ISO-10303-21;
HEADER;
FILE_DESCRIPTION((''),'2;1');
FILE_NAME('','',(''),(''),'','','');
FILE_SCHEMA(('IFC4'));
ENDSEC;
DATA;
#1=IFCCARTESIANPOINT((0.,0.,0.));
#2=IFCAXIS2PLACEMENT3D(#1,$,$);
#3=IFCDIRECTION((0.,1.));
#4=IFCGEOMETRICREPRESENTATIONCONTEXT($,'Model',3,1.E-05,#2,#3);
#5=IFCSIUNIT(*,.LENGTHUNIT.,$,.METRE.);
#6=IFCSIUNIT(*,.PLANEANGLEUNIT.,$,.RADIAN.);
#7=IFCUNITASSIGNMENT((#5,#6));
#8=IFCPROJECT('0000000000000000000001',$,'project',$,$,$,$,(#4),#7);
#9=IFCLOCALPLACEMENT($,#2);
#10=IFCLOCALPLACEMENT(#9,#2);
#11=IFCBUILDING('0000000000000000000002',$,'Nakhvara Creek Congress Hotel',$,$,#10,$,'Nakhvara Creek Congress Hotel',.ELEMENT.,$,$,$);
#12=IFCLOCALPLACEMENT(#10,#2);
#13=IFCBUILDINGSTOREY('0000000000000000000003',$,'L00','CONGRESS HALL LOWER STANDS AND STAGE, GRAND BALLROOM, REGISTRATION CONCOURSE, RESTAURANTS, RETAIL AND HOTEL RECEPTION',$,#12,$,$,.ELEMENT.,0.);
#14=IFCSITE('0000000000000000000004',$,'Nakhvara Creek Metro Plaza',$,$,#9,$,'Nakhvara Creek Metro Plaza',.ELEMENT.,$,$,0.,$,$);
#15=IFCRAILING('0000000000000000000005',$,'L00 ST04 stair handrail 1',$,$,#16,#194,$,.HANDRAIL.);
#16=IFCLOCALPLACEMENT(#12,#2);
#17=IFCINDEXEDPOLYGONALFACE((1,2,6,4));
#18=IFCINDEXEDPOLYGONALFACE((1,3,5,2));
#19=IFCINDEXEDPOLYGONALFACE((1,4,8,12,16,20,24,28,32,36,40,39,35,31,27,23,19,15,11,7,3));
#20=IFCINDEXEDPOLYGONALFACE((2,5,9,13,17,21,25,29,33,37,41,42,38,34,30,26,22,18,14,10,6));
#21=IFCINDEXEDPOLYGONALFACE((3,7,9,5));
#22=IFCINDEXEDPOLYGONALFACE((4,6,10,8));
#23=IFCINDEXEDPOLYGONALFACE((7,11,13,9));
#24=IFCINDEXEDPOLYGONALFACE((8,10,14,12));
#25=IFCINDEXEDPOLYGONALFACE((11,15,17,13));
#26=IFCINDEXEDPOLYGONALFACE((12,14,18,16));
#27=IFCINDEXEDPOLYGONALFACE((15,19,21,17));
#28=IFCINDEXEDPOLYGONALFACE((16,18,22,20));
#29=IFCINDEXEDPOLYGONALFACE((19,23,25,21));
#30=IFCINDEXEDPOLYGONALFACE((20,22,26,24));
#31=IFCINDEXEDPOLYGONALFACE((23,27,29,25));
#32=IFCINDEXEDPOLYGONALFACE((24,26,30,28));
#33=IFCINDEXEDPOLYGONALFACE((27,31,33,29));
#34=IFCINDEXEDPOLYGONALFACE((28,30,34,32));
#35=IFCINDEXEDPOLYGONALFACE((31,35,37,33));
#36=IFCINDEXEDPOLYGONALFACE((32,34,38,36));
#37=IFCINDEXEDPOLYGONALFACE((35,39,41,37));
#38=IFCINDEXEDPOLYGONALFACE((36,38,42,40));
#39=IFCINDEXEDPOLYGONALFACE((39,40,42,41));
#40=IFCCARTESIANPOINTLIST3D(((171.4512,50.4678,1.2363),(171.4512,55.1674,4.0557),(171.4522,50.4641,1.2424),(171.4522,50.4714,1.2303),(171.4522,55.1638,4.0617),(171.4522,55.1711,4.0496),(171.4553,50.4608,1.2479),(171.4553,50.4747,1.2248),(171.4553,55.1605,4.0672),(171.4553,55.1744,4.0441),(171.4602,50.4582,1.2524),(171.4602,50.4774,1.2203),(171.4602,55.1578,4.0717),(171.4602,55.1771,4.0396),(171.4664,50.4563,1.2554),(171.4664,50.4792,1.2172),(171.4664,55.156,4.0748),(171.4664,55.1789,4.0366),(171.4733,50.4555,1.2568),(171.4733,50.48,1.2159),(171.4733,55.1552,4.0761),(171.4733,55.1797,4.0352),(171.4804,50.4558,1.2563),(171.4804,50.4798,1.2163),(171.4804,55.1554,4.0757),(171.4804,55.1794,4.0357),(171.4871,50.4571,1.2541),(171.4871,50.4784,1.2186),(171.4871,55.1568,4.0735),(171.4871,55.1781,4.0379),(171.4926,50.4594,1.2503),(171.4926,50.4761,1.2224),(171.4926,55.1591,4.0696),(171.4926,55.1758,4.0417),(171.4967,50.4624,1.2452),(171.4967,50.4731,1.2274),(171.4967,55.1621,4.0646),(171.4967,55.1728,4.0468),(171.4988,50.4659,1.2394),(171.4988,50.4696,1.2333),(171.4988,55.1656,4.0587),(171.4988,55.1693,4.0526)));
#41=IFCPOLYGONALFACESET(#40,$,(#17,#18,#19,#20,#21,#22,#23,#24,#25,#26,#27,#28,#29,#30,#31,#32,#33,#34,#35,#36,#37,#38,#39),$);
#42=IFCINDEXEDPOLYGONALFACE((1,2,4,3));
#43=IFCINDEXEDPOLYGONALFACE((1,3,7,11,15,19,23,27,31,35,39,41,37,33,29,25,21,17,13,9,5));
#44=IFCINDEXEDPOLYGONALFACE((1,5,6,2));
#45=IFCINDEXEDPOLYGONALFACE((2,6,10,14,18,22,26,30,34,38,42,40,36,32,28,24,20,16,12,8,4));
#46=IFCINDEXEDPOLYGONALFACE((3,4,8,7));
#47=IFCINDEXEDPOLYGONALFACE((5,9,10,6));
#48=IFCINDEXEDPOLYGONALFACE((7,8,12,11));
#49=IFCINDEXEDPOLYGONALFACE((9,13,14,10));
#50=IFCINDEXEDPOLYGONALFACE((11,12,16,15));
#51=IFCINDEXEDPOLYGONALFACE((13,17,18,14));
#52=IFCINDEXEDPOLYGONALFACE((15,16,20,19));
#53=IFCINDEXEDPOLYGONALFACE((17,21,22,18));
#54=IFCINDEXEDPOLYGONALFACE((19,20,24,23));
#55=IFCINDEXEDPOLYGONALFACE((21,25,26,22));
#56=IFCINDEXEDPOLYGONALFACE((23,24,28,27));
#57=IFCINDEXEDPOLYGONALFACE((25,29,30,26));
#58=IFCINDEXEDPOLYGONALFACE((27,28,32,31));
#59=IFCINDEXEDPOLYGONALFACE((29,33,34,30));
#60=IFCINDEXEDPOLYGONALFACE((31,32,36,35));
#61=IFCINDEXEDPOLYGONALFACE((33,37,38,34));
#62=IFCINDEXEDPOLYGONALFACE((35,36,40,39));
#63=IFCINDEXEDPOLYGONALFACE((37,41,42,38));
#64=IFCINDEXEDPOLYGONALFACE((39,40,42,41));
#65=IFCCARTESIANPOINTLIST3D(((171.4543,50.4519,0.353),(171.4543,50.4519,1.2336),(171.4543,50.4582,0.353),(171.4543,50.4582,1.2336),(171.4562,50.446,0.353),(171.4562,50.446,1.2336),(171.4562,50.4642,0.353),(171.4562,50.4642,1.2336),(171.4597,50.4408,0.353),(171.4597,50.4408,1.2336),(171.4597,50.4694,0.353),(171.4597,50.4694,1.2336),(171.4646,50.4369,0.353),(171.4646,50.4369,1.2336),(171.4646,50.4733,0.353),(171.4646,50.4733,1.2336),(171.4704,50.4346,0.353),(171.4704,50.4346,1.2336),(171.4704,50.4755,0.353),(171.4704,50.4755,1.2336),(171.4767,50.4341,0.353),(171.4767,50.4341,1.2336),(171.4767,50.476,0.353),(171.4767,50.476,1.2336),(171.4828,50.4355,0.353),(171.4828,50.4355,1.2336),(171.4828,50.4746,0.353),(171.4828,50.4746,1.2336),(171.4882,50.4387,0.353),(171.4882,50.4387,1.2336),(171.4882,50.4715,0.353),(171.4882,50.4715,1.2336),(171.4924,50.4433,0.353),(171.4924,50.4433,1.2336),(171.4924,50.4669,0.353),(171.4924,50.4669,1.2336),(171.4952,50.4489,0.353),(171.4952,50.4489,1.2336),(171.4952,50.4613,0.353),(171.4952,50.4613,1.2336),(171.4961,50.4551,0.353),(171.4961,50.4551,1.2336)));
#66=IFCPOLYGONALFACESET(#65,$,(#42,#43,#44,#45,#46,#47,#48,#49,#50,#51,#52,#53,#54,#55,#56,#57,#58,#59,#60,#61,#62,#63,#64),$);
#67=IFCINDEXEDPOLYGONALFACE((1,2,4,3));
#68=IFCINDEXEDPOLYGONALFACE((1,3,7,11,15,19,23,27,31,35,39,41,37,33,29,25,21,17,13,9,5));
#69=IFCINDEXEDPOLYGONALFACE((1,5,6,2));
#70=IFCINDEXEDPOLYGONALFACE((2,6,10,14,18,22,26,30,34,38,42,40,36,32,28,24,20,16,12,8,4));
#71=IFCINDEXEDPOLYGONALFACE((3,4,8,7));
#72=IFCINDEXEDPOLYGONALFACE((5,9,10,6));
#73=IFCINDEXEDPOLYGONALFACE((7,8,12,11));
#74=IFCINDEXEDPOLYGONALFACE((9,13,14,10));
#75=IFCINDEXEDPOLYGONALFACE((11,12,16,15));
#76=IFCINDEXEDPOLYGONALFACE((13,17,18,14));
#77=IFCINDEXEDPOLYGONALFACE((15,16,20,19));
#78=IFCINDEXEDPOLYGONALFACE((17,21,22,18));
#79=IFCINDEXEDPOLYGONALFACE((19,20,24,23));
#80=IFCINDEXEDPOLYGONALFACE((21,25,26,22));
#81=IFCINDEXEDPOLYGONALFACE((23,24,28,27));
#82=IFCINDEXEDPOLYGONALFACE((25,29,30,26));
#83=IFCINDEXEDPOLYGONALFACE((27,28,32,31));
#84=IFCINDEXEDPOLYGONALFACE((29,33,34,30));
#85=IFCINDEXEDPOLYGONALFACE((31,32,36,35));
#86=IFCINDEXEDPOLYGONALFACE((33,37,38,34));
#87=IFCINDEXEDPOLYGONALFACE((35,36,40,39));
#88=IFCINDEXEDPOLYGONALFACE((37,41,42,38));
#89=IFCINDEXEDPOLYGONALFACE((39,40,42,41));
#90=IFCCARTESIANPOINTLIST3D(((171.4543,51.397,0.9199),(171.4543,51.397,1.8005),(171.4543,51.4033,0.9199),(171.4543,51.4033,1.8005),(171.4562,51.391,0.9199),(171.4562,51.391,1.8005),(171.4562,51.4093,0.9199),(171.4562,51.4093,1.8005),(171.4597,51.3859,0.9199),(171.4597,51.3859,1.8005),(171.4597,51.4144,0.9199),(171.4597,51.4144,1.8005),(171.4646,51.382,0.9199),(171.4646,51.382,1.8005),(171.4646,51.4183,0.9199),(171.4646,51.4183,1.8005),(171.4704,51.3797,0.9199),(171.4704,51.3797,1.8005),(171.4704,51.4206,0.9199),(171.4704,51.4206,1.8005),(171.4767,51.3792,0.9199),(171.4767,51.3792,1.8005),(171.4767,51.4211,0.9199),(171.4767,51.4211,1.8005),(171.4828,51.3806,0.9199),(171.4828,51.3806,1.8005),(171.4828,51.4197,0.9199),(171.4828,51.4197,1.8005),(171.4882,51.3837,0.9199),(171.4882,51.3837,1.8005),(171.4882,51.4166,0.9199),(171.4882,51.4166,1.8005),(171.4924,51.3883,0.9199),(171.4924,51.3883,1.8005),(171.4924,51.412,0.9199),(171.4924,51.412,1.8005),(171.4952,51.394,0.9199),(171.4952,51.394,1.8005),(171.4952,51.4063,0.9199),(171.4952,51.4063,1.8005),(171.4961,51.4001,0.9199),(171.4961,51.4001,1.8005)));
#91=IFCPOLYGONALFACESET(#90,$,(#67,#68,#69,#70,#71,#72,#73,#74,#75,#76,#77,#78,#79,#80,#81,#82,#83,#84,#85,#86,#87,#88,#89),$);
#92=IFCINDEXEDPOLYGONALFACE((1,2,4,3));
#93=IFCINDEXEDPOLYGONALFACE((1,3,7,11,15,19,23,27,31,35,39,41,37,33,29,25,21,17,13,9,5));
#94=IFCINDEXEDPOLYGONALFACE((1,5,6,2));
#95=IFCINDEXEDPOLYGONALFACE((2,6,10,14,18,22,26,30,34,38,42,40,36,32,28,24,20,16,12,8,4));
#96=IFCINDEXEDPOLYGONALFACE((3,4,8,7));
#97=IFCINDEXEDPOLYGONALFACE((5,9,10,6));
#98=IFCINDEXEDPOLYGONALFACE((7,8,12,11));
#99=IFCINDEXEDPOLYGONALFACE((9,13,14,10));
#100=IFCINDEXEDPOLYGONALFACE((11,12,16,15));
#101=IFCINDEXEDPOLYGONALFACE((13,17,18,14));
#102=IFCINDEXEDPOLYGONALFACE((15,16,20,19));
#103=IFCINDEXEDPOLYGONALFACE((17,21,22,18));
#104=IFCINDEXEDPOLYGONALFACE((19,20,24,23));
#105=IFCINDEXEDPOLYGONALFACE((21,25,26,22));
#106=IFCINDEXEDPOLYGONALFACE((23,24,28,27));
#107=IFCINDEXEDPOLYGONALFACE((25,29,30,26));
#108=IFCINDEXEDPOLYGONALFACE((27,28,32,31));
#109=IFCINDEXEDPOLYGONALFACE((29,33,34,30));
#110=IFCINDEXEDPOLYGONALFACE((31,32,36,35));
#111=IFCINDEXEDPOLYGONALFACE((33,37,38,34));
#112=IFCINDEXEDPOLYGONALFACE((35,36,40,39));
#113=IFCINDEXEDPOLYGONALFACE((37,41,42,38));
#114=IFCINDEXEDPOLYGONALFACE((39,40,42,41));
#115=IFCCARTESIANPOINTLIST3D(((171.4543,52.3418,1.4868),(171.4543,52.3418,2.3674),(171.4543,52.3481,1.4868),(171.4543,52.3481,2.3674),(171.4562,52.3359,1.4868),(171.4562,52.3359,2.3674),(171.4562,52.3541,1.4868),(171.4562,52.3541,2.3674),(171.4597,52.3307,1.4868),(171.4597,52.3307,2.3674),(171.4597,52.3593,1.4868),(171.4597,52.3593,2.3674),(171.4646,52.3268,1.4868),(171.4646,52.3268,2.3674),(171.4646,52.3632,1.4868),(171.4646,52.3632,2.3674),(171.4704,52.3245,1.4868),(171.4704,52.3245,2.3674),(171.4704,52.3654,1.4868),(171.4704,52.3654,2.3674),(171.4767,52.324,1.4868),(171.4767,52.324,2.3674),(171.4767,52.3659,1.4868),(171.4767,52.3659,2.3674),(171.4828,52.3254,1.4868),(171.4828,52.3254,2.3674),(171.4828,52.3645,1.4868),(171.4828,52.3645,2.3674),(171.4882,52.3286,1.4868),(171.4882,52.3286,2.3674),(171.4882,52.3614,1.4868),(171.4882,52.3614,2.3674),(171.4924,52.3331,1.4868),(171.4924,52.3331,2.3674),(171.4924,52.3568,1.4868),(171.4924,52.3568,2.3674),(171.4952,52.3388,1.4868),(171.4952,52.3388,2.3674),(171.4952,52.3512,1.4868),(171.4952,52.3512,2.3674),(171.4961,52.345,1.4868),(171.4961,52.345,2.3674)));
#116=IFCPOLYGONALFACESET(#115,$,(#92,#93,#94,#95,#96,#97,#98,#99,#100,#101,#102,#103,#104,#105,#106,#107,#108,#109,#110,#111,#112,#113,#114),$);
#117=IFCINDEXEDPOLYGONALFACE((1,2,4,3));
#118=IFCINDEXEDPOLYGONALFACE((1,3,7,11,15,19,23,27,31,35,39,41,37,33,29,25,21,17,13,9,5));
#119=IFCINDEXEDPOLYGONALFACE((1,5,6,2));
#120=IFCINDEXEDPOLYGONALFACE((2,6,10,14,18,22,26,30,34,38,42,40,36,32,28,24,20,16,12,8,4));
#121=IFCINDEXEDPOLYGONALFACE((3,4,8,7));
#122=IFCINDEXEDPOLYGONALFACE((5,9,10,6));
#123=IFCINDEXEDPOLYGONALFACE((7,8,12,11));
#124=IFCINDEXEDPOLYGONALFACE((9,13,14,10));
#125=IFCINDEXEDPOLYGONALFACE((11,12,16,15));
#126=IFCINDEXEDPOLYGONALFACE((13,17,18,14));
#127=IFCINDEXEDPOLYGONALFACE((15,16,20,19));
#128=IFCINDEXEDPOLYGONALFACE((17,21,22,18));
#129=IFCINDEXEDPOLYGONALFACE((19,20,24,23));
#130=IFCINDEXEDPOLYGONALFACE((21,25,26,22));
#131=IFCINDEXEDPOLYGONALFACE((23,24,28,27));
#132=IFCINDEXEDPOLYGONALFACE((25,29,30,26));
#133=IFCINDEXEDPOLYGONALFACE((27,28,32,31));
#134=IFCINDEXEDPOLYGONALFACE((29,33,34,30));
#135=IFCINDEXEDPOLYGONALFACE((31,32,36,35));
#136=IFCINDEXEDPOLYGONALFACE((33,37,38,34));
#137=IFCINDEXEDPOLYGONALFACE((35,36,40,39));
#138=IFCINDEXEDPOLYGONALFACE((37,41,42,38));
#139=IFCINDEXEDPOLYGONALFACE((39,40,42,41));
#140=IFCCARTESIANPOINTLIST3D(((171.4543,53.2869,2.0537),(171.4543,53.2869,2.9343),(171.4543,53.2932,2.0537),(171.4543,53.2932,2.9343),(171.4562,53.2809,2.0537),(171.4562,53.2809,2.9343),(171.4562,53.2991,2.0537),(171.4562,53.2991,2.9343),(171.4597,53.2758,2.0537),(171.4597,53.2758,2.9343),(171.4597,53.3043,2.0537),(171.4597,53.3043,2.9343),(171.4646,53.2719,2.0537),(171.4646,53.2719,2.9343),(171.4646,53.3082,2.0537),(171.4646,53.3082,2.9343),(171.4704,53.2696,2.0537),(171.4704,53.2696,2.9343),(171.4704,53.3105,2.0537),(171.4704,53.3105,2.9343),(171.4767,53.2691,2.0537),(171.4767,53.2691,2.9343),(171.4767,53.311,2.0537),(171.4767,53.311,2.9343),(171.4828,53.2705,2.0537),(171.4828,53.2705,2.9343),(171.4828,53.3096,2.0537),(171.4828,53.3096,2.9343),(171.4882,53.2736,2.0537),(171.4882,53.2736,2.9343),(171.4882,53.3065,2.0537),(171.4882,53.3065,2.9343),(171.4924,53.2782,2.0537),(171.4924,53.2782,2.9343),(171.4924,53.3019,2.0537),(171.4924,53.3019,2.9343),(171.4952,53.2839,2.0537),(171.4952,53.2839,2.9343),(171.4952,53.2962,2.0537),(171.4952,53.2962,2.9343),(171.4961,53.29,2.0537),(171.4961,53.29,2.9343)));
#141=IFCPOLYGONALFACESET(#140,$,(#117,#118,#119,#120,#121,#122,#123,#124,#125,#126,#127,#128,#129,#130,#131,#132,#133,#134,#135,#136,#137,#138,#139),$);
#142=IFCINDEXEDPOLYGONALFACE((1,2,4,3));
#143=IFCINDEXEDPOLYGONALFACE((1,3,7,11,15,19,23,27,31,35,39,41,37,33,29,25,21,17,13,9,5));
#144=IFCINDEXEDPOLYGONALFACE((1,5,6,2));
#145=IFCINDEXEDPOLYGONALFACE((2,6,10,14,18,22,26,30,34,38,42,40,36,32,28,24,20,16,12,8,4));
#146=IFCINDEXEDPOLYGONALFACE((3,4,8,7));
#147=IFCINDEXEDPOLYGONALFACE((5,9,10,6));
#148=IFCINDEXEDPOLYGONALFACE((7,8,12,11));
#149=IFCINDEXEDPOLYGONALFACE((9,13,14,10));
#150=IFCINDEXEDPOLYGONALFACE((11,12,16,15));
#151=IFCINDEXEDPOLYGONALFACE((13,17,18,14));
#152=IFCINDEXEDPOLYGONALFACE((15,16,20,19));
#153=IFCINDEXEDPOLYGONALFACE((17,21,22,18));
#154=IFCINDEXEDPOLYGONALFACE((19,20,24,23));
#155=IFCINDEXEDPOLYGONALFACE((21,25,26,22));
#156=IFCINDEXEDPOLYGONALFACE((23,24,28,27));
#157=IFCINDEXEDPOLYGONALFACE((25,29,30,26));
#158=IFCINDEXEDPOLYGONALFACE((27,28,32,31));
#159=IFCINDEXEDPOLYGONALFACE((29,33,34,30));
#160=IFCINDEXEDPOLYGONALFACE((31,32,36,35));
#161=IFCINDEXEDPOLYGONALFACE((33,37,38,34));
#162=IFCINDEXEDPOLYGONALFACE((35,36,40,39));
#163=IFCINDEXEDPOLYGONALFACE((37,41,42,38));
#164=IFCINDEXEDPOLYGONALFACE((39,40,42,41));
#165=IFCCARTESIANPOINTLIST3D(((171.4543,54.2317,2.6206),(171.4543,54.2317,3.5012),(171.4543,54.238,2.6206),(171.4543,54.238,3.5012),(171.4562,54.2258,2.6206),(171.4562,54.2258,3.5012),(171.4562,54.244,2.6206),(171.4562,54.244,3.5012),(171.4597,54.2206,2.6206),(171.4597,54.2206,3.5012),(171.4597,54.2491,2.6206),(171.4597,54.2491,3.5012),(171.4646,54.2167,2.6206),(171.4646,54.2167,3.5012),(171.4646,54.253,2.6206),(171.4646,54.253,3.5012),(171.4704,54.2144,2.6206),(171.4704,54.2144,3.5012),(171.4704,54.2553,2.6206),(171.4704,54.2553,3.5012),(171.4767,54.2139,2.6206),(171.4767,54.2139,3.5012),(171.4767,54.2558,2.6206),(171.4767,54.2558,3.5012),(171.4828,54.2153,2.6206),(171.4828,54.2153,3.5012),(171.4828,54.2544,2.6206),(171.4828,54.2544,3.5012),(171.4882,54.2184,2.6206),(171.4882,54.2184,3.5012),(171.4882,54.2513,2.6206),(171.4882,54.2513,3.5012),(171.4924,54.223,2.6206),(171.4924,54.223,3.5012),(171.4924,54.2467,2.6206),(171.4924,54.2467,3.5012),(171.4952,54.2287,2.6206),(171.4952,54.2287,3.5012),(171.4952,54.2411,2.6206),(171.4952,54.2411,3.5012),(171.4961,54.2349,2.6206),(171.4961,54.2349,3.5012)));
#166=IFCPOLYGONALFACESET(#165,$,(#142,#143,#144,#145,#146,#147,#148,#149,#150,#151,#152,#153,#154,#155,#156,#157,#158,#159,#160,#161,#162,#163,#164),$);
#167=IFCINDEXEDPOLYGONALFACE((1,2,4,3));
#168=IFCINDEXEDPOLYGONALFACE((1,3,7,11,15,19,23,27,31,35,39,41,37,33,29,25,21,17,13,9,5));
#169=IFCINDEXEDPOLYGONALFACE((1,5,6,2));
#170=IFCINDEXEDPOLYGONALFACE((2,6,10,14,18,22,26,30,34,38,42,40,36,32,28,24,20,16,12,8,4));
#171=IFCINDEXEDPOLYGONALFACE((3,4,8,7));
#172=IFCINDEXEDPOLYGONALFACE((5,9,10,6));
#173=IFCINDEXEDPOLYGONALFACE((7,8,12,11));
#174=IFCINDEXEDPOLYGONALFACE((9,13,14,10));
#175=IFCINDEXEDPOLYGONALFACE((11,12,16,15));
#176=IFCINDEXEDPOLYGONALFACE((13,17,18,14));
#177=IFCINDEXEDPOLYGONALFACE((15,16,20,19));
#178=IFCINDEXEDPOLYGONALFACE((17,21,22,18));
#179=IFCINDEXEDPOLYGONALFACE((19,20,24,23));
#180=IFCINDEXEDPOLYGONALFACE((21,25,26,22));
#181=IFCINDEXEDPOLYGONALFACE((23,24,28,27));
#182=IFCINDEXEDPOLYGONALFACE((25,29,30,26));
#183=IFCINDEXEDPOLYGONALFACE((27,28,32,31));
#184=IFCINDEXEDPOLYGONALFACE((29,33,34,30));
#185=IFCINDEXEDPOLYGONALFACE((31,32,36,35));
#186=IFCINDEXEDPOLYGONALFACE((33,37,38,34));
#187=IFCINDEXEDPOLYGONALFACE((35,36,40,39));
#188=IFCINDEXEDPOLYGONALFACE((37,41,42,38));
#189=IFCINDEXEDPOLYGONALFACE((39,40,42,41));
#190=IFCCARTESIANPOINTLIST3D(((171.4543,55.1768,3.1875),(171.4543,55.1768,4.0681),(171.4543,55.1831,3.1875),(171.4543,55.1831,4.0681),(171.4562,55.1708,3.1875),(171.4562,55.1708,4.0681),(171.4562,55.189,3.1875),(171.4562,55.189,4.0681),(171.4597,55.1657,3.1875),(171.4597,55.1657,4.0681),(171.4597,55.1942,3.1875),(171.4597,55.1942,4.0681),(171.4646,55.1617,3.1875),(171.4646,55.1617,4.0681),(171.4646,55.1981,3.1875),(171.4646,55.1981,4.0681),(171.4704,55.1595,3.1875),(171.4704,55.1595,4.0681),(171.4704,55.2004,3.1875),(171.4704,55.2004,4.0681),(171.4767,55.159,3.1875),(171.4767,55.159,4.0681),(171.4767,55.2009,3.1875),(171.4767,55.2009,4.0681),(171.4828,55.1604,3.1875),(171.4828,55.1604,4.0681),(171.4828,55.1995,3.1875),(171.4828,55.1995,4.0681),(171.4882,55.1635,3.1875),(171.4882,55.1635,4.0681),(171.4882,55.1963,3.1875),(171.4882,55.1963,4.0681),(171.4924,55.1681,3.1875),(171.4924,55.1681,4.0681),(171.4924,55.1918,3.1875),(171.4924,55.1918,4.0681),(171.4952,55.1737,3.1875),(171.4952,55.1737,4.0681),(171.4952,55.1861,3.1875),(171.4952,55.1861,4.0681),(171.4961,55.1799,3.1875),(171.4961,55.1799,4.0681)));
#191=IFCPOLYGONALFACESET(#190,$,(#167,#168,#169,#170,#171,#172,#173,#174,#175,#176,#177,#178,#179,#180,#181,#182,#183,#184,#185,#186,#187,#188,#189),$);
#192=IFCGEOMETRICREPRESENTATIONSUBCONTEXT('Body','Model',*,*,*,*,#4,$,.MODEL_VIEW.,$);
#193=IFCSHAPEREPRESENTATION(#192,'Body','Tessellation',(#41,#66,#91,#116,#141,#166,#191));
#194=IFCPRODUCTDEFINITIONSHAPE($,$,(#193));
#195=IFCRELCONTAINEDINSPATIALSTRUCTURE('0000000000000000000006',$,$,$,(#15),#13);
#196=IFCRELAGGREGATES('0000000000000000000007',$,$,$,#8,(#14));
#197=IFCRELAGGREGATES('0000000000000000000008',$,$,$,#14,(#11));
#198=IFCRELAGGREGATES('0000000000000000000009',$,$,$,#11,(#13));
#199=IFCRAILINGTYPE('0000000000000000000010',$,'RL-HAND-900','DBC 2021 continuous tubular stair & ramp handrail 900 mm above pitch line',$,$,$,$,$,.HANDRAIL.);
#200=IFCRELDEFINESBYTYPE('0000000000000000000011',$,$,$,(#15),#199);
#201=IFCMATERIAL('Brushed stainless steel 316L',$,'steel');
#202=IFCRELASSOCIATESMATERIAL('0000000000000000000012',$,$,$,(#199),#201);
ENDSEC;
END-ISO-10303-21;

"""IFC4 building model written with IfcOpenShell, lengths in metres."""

from ifc_helpers import new_model, si_unit, direction, frame, origin, origin_2d, place, context, subcontext, project, spatial, circle, extrude, material, type_object, element, save


model = new_model("IFC4")

# Units and contexts
model_context = context("Model", 3, precision=1e-05, world=origin(), true_north=direction((0.0, 1.0)))
body_context = subcontext(model_context, "Body", "Model", "MODEL_VIEW")
ifc_project = project(units=[si_unit("LENGTHUNIT", "METRE"), si_unit("PLANEANGLEUNIT", "RADIAN")], contexts=[model_context])

# Site, building, storey
site_placement = place(None, origin())
site = spatial("IfcSite", under=ifc_project, at=site_placement, Name="Nakhvara Creek Metro Plaza", LongName="Nakhvara Creek Metro Plaza", CompositionType="ELEMENT", RefElevation=0.0)
building_placement = place(site_placement, origin())
building = spatial("IfcBuilding", under=site, at=building_placement, Name="Nakhvara Creek Congress Hotel", LongName="Nakhvara Creek Congress Hotel", CompositionType="ELEMENT")
storey_placement = place(building_placement, origin())
storey = spatial("IfcBuildingStorey", under=building, at=storey_placement, Name="L00", Description="CONGRESS HALL LOWER STANDS AND STAGE, GRAND BALLROOM, REGISTRATION CONCOURSE, RESTAURANTS, RETAIL AND HOTEL RECEPTION", CompositionType="ELEMENT", Elevation=0.0)

# Railing
ifc_material_1 = material(Name="Brushed stainless steel 316L", Category="steel")
railing_type_1 = type_object("IfcRailingType", Name="RL-HAND-900", Description="DBC 2021 continuous tubular stair & ramp handrail 900 mm above pitch line", PredefinedType="HANDRAIL", material=ifc_material_1)
railing_1_placement = place(storey_placement, frame((171.4751, 50.4551, 0.353)))
element("IfcRailing", 1, at=railing_1_placement, inside=storey, type_object=railing_type_1, Name="L00 ST04 stair handrail 1", PredefinedType="HANDRAIL", context=body_context, shape_type="SweptSolid", body=[
    extrude(circle(Radius=0.0239, at=origin_2d()), frame((0.0, 0.0127, 0.8833), z_axis=(0.0, 0.857528, 0.514437), x_axis=(-1.0, 0.0, 0.0)), (0.0, 0.0, 1.0), 5.4805),
    extrude(circle(Radius=0.021, at=origin_2d()), origin(), (0.0, 0.0, 1.0), 0.8806),
    extrude(circle(Radius=0.021, at=origin_2d()), frame((0.0, 0.9451, 0.5669)), (0.0, 0.0, 1.0), 0.8806),
    extrude(circle(Radius=0.021, at=origin_2d()), frame((0.0, 1.8899, 1.1338)), (0.0, 0.0, 1.0), 0.8806),
    extrude(circle(Radius=0.021, at=origin_2d()), frame((0.0, 2.835, 1.7007)), (0.0, 0.0, 1.0), 0.8806),
    extrude(circle(Radius=0.021, at=origin_2d()), frame((0.0, 3.7798, 2.2676)), (0.0, 0.0, 1.0), 0.8806),
    extrude(circle(Radius=0.021, at=origin_2d()), frame((0.0, 4.7249, 2.8345)), (0.0, 0.0, 1.0), 0.8806),
])

save(model, "model.ifc")
